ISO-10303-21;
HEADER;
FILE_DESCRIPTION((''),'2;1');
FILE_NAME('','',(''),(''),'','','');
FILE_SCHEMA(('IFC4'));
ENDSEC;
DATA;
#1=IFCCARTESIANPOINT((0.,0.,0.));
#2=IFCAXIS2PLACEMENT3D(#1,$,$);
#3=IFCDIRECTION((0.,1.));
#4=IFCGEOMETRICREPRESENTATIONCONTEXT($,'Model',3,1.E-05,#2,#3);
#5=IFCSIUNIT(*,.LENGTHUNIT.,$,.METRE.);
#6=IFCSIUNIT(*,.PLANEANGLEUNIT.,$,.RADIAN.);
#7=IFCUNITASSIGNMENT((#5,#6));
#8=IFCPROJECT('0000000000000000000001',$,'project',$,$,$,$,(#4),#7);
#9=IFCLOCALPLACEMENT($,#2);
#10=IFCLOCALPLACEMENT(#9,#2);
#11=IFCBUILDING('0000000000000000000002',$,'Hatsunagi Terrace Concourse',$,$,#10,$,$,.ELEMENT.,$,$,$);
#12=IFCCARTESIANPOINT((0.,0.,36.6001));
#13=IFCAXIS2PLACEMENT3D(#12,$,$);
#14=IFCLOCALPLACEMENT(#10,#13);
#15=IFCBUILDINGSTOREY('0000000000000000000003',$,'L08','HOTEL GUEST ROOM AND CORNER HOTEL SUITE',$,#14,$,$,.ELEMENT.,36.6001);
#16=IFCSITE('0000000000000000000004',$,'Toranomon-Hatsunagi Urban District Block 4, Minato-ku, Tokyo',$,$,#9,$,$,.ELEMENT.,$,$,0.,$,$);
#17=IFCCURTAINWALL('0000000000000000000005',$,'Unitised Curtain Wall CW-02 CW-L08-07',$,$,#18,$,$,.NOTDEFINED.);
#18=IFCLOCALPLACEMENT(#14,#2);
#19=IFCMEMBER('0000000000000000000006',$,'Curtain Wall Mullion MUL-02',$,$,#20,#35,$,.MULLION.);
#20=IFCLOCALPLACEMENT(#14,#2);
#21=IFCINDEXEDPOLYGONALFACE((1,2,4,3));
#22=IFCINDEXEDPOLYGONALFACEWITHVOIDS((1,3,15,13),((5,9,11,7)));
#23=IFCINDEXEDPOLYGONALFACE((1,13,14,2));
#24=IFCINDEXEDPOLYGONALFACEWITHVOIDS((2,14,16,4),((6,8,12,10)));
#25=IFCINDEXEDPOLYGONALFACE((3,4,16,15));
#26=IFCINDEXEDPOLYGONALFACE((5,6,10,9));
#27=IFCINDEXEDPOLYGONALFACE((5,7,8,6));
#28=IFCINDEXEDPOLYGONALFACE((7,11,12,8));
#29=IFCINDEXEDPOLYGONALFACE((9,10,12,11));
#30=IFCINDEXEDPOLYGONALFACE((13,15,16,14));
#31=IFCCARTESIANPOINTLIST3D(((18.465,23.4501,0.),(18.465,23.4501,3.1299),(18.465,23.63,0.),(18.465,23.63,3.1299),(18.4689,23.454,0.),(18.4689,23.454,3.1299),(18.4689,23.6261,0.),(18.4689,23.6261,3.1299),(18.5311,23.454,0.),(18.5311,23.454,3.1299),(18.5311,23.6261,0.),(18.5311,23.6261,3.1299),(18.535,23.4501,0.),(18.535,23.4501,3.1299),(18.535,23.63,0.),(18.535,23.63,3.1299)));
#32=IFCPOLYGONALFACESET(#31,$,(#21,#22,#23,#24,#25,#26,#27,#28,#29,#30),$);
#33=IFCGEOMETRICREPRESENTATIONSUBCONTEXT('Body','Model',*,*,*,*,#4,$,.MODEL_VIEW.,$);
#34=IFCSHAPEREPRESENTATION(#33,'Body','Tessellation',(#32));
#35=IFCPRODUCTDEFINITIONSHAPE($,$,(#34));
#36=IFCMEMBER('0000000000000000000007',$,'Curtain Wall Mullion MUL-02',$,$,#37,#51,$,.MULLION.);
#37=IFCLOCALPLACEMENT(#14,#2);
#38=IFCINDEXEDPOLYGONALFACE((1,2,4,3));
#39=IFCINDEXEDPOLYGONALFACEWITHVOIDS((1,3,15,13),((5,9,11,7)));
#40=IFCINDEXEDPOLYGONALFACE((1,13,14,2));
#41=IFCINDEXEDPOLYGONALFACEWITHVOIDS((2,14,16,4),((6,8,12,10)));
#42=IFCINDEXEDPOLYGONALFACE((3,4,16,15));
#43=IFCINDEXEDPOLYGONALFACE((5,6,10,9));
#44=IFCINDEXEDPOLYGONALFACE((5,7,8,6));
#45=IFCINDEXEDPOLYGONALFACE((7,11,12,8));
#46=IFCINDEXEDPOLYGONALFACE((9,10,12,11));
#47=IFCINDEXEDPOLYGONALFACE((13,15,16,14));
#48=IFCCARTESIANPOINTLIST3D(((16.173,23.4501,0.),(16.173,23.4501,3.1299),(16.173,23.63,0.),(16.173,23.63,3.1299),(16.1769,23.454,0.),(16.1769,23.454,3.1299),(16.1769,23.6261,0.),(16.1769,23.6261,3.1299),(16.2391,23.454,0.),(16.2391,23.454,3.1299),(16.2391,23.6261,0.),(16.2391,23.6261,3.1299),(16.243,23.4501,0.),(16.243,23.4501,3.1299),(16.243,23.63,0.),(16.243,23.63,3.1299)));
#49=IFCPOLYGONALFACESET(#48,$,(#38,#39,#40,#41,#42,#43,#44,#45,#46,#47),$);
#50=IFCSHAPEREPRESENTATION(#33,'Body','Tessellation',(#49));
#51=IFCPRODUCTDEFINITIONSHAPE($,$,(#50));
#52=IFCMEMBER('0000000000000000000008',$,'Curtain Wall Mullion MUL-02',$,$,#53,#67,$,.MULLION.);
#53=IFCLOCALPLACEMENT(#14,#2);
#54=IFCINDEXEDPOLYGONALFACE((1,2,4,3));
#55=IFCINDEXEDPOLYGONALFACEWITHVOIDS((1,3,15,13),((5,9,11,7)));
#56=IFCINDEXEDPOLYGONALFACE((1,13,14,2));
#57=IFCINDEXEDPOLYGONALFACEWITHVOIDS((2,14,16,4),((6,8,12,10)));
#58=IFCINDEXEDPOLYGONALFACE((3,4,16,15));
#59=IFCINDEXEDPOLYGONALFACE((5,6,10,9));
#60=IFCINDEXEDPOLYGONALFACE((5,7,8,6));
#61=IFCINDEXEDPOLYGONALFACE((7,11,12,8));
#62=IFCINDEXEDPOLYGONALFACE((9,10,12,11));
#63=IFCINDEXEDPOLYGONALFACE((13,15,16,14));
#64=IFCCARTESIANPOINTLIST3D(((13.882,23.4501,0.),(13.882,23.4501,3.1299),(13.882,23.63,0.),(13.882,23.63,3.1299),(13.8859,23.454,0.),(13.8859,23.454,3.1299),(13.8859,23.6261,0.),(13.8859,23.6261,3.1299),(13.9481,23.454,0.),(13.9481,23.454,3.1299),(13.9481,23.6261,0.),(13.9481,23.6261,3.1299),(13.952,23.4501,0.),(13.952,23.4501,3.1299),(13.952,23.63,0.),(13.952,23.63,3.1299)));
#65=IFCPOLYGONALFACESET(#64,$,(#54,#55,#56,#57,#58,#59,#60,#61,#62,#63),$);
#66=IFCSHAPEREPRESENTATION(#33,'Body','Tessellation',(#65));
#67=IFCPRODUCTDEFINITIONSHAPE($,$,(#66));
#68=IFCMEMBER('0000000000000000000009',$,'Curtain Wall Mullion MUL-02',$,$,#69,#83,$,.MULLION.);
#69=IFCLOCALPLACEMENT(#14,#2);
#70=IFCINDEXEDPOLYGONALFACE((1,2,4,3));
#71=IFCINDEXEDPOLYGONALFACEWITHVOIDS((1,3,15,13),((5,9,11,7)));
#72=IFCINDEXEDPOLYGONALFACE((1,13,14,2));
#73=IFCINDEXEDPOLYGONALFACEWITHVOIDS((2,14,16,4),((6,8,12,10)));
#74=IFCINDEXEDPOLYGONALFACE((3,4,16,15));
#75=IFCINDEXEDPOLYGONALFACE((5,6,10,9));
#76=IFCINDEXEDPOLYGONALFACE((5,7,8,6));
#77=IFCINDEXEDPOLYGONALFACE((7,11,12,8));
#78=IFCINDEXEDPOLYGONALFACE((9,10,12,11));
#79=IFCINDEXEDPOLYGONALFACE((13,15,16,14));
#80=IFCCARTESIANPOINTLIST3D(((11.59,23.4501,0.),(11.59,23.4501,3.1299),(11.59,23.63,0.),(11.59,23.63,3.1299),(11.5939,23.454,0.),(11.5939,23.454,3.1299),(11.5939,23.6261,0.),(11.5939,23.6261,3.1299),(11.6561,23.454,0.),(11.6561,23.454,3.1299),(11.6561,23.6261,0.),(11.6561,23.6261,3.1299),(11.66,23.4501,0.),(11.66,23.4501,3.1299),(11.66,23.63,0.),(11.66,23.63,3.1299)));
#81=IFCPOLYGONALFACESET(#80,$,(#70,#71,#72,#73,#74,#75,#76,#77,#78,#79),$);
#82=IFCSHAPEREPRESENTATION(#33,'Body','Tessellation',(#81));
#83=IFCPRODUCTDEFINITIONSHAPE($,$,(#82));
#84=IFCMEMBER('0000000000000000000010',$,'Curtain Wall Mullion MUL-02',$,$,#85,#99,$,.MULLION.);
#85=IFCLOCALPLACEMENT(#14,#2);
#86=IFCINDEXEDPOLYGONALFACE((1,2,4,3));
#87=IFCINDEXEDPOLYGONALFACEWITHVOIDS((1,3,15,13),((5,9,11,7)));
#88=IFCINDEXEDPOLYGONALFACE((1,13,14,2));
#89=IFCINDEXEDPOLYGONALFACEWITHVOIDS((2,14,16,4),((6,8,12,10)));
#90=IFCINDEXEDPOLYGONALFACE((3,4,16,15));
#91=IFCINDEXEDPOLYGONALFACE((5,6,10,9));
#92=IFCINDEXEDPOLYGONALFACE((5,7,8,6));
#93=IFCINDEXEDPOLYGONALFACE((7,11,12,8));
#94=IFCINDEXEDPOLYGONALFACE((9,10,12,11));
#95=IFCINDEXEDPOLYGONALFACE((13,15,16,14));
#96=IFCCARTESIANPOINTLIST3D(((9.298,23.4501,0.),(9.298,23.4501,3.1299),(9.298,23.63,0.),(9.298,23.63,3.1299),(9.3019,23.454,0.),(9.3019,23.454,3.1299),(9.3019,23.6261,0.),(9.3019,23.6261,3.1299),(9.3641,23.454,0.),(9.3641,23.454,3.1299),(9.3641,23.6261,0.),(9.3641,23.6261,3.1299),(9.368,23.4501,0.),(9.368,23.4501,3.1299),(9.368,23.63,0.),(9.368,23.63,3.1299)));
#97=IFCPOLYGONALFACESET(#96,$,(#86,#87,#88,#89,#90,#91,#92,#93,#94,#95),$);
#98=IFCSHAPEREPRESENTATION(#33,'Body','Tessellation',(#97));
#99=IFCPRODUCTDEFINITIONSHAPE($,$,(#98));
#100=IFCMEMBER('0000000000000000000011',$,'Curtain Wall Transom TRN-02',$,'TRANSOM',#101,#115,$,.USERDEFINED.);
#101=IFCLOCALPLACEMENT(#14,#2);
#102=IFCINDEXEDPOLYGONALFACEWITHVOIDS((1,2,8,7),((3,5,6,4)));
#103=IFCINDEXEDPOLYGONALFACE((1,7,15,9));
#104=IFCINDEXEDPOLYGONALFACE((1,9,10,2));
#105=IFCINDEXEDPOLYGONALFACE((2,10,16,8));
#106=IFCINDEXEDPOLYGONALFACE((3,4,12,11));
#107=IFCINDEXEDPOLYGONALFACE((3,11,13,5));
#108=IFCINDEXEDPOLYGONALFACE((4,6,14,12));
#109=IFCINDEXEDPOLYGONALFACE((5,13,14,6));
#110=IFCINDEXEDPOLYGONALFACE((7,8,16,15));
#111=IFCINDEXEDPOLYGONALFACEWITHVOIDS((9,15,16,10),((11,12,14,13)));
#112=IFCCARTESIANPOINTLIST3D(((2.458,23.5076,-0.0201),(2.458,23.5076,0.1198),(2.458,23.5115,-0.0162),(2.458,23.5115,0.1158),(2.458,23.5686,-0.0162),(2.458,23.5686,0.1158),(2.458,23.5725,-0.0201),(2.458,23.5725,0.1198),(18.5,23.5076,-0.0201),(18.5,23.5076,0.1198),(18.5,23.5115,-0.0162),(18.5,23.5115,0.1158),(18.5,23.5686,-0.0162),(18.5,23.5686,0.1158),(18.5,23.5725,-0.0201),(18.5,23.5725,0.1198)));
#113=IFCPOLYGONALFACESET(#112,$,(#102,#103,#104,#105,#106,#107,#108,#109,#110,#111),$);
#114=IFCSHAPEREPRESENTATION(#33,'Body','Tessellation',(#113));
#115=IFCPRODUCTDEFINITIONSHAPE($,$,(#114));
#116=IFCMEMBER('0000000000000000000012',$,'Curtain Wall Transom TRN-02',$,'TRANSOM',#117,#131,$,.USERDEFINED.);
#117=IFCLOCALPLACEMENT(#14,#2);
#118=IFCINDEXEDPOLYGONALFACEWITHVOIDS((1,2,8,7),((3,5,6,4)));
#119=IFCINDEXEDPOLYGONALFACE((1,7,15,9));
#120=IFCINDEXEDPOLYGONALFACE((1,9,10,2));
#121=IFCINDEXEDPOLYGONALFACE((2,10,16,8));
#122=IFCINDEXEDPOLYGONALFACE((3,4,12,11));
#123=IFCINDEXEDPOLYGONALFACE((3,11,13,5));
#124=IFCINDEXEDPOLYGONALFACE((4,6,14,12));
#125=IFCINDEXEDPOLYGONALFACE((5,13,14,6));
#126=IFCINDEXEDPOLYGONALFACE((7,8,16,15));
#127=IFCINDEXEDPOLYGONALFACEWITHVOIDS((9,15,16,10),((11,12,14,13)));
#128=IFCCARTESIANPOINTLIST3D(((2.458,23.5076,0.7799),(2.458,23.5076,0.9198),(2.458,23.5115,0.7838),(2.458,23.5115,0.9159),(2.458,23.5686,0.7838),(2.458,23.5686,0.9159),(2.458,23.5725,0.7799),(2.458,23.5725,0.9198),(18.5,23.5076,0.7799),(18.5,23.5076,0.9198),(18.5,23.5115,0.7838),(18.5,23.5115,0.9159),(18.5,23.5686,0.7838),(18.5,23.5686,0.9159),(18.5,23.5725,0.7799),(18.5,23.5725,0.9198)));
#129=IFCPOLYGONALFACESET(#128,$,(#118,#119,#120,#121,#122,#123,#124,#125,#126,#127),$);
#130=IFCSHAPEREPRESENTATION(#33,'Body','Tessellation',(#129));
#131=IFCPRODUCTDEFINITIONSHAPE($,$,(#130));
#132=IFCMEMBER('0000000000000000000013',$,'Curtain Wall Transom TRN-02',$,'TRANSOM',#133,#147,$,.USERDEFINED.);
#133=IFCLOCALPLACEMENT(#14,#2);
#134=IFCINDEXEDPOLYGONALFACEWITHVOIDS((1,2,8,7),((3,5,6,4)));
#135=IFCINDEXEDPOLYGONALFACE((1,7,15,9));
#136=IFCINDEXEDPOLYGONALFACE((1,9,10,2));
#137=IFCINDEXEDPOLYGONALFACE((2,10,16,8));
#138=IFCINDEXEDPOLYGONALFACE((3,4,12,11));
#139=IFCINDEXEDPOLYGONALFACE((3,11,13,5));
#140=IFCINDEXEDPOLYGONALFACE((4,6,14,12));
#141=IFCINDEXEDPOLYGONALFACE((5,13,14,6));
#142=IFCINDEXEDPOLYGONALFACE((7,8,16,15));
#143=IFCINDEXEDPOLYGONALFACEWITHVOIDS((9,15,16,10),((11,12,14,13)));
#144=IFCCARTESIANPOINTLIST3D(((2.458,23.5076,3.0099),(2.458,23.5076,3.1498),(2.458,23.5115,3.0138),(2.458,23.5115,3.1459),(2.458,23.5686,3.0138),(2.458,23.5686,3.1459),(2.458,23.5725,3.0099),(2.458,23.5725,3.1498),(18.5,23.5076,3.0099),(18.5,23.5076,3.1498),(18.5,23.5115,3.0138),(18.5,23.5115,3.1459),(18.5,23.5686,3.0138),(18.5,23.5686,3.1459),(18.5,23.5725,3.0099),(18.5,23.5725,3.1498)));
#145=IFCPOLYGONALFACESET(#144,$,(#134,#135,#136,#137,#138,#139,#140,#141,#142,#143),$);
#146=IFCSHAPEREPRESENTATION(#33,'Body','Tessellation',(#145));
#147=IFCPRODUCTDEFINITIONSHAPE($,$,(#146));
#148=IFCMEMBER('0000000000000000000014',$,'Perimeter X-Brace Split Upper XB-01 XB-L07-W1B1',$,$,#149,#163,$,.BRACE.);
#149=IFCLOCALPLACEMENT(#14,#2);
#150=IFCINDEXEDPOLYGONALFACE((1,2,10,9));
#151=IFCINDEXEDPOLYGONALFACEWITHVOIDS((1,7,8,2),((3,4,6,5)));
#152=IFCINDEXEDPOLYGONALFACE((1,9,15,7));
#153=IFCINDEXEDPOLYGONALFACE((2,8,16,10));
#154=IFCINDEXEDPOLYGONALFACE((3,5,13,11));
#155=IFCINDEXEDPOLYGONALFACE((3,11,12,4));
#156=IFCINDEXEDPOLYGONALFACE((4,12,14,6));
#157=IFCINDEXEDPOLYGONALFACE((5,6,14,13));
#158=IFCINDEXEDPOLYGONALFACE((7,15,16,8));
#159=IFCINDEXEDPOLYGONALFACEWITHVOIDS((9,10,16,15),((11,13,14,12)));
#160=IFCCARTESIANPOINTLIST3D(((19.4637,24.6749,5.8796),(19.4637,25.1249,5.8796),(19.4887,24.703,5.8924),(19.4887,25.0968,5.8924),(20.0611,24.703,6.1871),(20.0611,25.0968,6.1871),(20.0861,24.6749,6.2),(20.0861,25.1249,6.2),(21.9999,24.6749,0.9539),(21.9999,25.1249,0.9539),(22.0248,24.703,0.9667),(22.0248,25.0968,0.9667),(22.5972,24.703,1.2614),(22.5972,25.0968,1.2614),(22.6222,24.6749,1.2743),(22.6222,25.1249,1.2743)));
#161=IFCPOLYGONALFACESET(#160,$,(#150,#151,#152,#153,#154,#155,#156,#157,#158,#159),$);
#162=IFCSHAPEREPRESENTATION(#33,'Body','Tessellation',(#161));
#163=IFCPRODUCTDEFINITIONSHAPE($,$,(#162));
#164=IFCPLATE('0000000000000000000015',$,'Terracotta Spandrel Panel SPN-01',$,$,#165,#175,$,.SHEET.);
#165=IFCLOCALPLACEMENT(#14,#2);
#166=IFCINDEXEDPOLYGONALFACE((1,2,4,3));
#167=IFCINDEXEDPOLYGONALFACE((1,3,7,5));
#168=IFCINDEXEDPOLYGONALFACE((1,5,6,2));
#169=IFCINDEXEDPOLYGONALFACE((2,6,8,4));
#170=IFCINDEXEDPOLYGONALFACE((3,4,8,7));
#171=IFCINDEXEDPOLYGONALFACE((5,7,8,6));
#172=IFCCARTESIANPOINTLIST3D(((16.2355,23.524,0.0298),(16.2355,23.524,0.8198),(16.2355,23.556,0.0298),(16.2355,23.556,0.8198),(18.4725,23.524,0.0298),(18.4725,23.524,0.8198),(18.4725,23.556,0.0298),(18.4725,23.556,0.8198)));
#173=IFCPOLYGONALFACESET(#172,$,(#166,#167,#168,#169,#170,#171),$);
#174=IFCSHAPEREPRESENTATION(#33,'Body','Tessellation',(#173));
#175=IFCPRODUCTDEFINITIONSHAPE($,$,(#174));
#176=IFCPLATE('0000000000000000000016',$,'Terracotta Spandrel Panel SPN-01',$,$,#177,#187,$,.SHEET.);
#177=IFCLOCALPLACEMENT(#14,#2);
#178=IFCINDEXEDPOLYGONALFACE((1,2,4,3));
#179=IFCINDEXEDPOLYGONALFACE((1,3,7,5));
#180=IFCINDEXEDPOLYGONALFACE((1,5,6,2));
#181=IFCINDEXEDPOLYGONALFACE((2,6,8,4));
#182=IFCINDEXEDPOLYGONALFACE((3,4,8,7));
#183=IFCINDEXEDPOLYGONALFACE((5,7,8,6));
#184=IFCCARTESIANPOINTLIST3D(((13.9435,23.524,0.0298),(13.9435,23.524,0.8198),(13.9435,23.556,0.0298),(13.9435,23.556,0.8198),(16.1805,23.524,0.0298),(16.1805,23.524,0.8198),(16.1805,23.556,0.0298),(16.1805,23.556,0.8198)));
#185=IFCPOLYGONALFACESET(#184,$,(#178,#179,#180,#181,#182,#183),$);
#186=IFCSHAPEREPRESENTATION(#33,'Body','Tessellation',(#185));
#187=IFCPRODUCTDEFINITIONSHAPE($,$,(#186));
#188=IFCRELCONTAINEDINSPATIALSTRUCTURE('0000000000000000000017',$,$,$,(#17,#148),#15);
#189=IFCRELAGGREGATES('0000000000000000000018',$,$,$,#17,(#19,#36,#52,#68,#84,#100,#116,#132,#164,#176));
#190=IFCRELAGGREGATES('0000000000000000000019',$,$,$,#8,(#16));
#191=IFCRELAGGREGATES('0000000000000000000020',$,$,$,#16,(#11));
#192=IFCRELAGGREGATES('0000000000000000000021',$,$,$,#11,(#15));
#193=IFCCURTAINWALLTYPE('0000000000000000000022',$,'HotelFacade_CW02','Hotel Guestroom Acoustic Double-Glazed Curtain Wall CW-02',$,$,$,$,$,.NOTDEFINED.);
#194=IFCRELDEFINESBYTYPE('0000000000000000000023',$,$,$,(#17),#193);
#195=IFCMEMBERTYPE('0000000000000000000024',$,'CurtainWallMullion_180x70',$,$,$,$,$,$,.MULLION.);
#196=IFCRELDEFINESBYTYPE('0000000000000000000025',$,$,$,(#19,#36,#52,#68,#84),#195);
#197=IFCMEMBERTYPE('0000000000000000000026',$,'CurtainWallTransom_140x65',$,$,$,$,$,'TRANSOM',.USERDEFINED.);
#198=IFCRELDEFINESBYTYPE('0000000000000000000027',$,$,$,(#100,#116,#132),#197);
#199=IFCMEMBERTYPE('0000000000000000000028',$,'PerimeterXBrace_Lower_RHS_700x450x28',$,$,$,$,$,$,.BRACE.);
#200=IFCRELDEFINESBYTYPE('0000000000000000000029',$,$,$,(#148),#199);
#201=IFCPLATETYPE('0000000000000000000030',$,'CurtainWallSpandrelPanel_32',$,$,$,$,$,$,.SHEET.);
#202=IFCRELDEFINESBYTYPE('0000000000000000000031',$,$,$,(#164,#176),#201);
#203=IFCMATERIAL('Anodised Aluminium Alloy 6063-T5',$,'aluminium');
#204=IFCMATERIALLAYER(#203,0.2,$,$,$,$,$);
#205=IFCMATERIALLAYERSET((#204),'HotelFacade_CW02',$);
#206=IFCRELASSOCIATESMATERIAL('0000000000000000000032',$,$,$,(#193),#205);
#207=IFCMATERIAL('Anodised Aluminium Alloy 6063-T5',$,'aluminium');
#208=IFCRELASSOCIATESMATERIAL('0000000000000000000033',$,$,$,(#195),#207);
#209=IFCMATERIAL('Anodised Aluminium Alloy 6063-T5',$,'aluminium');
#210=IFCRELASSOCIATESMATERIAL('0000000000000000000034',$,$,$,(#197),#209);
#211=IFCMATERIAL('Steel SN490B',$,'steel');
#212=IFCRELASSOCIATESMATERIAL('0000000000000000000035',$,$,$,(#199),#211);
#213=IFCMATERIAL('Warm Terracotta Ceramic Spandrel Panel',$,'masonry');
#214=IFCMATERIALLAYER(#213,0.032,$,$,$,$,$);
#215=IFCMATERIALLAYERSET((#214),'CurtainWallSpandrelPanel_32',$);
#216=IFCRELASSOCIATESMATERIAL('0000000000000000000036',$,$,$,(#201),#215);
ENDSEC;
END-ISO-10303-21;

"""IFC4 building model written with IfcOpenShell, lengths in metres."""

from ifc_helpers import new_model, si_unit, direction, frame, origin, origin_2d, place, context, subcontext, project, spatial, rectangle, hollow_rectangle, extrude, material, layer, layer_set, material_profile, profile_set, type_object, element, aggregate, save


model = new_model("IFC4")

# Units and contexts
model_context = context("Model", 3, precision=1e-05, world=origin(), true_north=direction((0.0, 1.0)))
body_context = subcontext(model_context, "Body", "Model", "MODEL_VIEW")
ifc_project = project(units=[si_unit("LENGTHUNIT", "METRE"), si_unit("PLANEANGLEUNIT", "RADIAN")], contexts=[model_context])

# Site, building, storey
site_placement = place(None, origin())
site = spatial("IfcSite", under=ifc_project, at=site_placement, Name="Toranomon-Hatsunagi Urban District Block 4, Minato-ku, Tokyo", CompositionType="ELEMENT", RefElevation=0.0)
building_placement = place(site_placement, origin())
building = spatial("IfcBuilding", under=site, at=building_placement, Name="Hatsunagi Terrace Concourse", CompositionType="ELEMENT")
storey_placement = place(building_placement, frame((0.0, 0.0, 36.6001)))
storey = spatial("IfcBuildingStorey", under=building, at=storey_placement, Name="L08", Description="HOTEL GUEST ROOM AND CORNER HOTEL SUITE", CompositionType="ELEMENT", Elevation=36.6001)

# Curtain wall, members
ifc_material_1 = material(Name="Anodised Aluminium Alloy 6063-T5", Category="aluminium")
ifc_layer_1 = layer(ifc_material_1, 0.2)
ifc_layer_set_1 = layer_set([ifc_layer_1], Name="HotelFacade_CW02")
curtain_wall_type = type_object("IfcCurtainWallType", Name="HotelFacade_CW02", Description="Hotel Guestroom Acoustic Double-Glazed Curtain Wall CW-02", PredefinedType="NOTDEFINED", material=ifc_layer_set_1)
curtain_wall_placement = place(storey_placement, origin())
curtain_wall = element("IfcCurtainWall", 1, at=curtain_wall_placement, inside=storey, type_object=curtain_wall_type, Name="Unitised Curtain Wall CW-02 CW-L08-07", PredefinedType="NOTDEFINED")
ifc_material_2 = material(Name="Anodised Aluminium Alloy 6063-T5", Category="aluminium")
ifc_material_profile_1 = material_profile(ifc_material_2, hollow_rectangle(XDim=0.0701, YDim=0.1799, WallThickness=0.0039, at=origin_2d()), Name="ALU-MUL-180x70x4")
ifc_profile_set_1 = profile_set([ifc_material_profile_1], Name="Anodised Aluminium Alloy 6063-T5")
member_type_1 = type_object("IfcMemberType", Name="CurtainWallMullion_180x70", PredefinedType="MULLION", material=ifc_profile_set_1)
member_1_placement = place(storey_placement, frame((18.5, 23.54, 0.0), z_axis=(0.0, 0.0, 1.0), x_axis=(-1.0, 0.0, 0.0)))
member_1 = element("IfcMember", 2, at=member_1_placement, type_object=member_type_1, Name="Curtain Wall Mullion MUL-02", PredefinedType="MULLION", context=body_context, shape_type="SweptSolid", body=[
    extrude(hollow_rectangle(XDim=0.0701, YDim=0.1799, WallThickness=0.0039, at=origin_2d()), origin(), (0.0, 0.0, 1.0), 3.1299),
])
member_2_placement = place(storey_placement, frame((16.208, 23.54, 0.0), z_axis=(0.0, 0.0, 1.0), x_axis=(-1.0, 0.0, 0.0)))
member_2 = element("IfcMember", 3, at=member_2_placement, type_object=member_type_1, Name="Curtain Wall Mullion MUL-02", PredefinedType="MULLION", context=body_context, shape_type="SweptSolid", body=[
    extrude(hollow_rectangle(XDim=0.0701, YDim=0.1799, WallThickness=0.0039, at=origin_2d()), origin(), (0.0, 0.0, 1.0), 3.1299),
])
member_3_placement = place(storey_placement, frame((13.917, 23.54, 0.0), z_axis=(0.0, 0.0, 1.0), x_axis=(-1.0, 0.0, 0.0)))
member_3 = element("IfcMember", 4, at=member_3_placement, type_object=member_type_1, Name="Curtain Wall Mullion MUL-02", PredefinedType="MULLION", context=body_context, shape_type="SweptSolid", body=[
    extrude(hollow_rectangle(XDim=0.0701, YDim=0.1799, WallThickness=0.0039, at=origin_2d()), origin(), (0.0, 0.0, 1.0), 3.1299),
])
member_4_placement = place(storey_placement, frame((11.625, 23.54, 0.0), z_axis=(0.0, 0.0, 1.0), x_axis=(-1.0, 0.0, 0.0)))
member_4 = element("IfcMember", 5, at=member_4_placement, type_object=member_type_1, Name="Curtain Wall Mullion MUL-02", PredefinedType="MULLION", context=body_context, shape_type="SweptSolid", body=[
    extrude(hollow_rectangle(XDim=0.0701, YDim=0.1799, WallThickness=0.0039, at=origin_2d()), origin(), (0.0, 0.0, 1.0), 3.1299),
])
member_5_placement = place(storey_placement, frame((9.333, 23.54, 0.0), z_axis=(0.0, 0.0, 1.0), x_axis=(-1.0, 0.0, 0.0)))
member_5 = element("IfcMember", 6, at=member_5_placement, type_object=member_type_1, Name="Curtain Wall Mullion MUL-02", PredefinedType="MULLION", context=body_context, shape_type="SweptSolid", body=[
    extrude(hollow_rectangle(XDim=0.0701, YDim=0.1799, WallThickness=0.0039, at=origin_2d()), origin(), (0.0, 0.0, 1.0), 3.1299),
])
ifc_material_3 = material(Name="Anodised Aluminium Alloy 6063-T5", Category="aluminium")
ifc_material_profile_2 = material_profile(ifc_material_3, hollow_rectangle(XDim=0.0649, YDim=0.1399, WallThickness=0.0039, at=origin_2d()), Name="ALU-TRN-140x65x4")
ifc_profile_set_2 = profile_set([ifc_material_profile_2], Name="Anodised Aluminium Alloy 6063-T5")
member_type_2 = type_object("IfcMemberType", Name="CurtainWallTransom_140x65", ElementType="TRANSOM", PredefinedType="USERDEFINED", material=ifc_profile_set_2)
member_6_placement = place(storey_placement, frame((18.5, 23.54, 0.0498), z_axis=(-1.0, 0.0, 0.0), x_axis=(0.0, -1.0, 0.0)))
member_6 = element("IfcMember", 7, at=member_6_placement, type_object=member_type_2, Name="Curtain Wall Transom TRN-02", ObjectType="TRANSOM", PredefinedType="USERDEFINED", context=body_context, shape_type="SweptSolid", body=[
    extrude(hollow_rectangle(XDim=0.0649, YDim=0.1399, WallThickness=0.0039, at=origin_2d()), origin(), (0.0, 0.0, 1.0), 16.042),
])
member_7_placement = place(storey_placement, frame((18.5, 23.54, 0.8499), z_axis=(-1.0, 0.0, 0.0), x_axis=(0.0, -1.0, 0.0)))
member_7 = element("IfcMember", 8, at=member_7_placement, type_object=member_type_2, Name="Curtain Wall Transom TRN-02", ObjectType="TRANSOM", PredefinedType="USERDEFINED", context=body_context, shape_type="SweptSolid", body=[
    extrude(hollow_rectangle(XDim=0.0649, YDim=0.1399, WallThickness=0.0039, at=origin_2d()), origin(), (0.0, 0.0, 1.0), 16.042),
])
member_8_placement = place(storey_placement, frame((18.5, 23.54, 3.0798), z_axis=(-1.0, 0.0, 0.0), x_axis=(0.0, -1.0, 0.0)))
member_8 = element("IfcMember", 9, at=member_8_placement, type_object=member_type_2, Name="Curtain Wall Transom TRN-02", ObjectType="TRANSOM", PredefinedType="USERDEFINED", context=body_context, shape_type="SweptSolid", body=[
    extrude(hollow_rectangle(XDim=0.0649, YDim=0.1399, WallThickness=0.0039, at=origin_2d()), origin(), (0.0, 0.0, 1.0), 16.042),
])

# Member
ifc_material_4 = material(Name="Steel SN490B", Category="steel")
ifc_material_profile_3 = material_profile(ifc_material_4, hollow_rectangle(XDim=0.45, YDim=0.7, WallThickness=0.0281, at=origin_2d()), Name="RHS-700x450x28")
ifc_profile_set_3 = profile_set([ifc_material_profile_3], Name="Steel SN490B")
member_type_3 = type_object("IfcMemberType", Name="PerimeterXBrace_Lower_RHS_700x450x28", PredefinedType="BRACE", material=ifc_profile_set_3)
member_9_placement = place(storey_placement, frame((19.7749, 24.8999, 6.0398), z_axis=(0.457758, 0.0, -0.889077), x_axis=(0.0, 1.0, 0.0)))
element("IfcMember", 10, at=member_9_placement, inside=storey, type_object=member_type_3, Name="Perimeter X-Brace Split Upper XB-01 XB-L07-W1B1", PredefinedType="BRACE", context=body_context, shape_type="SweptSolid", body=[
    extrude(hollow_rectangle(XDim=0.45, YDim=0.7, WallThickness=0.0281, at=origin_2d()), origin(), (0.0, 0.0, 1.0), 5.5403),
])

# Plates
ifc_material_5 = material(Name="Warm Terracotta Ceramic Spandrel Panel", Category="masonry")
ifc_layer_2 = layer(ifc_material_5, 0.032)
ifc_layer_set_2 = layer_set([ifc_layer_2], Name="CurtainWallSpandrelPanel_32")
plate_type_1 = type_object("IfcPlateType", Name="CurtainWallSpandrelPanel_32", PredefinedType="SHEET", material=ifc_layer_set_2)
plate_1_placement = place(storey_placement, frame((17.354, 23.54, 0.0298), z_axis=(0.0, 0.0, 1.0), x_axis=(-1.0, 0.0, 0.0)))
plate_1 = element("IfcPlate", 11, at=plate_1_placement, type_object=plate_type_1, Name="Terracotta Spandrel Panel SPN-01", PredefinedType="SHEET", context=body_context, shape_type="SweptSolid", body=[
    extrude(rectangle(XDim=2.2371, YDim=0.032, at=origin_2d()), origin(), (0.0, 0.0, 1.0), 0.79),
])
plate_2_placement = place(storey_placement, frame((15.062, 23.54, 0.0298), z_axis=(0.0, 0.0, 1.0), x_axis=(-1.0, 0.0, 0.0)))
plate_2 = element("IfcPlate", 12, at=plate_2_placement, type_object=plate_type_1, Name="Terracotta Spandrel Panel SPN-01", PredefinedType="SHEET", context=body_context, shape_type="SweptSolid", body=[
    extrude(rectangle(XDim=2.2371, YDim=0.032, at=origin_2d()), origin(), (0.0, 0.0, 1.0), 0.79),
])
aggregate(curtain_wall, [member_1, member_2, member_3, member_4, member_5, member_6, member_7, member_8, plate_1, plate_2])

save(model, "model.ifc")
